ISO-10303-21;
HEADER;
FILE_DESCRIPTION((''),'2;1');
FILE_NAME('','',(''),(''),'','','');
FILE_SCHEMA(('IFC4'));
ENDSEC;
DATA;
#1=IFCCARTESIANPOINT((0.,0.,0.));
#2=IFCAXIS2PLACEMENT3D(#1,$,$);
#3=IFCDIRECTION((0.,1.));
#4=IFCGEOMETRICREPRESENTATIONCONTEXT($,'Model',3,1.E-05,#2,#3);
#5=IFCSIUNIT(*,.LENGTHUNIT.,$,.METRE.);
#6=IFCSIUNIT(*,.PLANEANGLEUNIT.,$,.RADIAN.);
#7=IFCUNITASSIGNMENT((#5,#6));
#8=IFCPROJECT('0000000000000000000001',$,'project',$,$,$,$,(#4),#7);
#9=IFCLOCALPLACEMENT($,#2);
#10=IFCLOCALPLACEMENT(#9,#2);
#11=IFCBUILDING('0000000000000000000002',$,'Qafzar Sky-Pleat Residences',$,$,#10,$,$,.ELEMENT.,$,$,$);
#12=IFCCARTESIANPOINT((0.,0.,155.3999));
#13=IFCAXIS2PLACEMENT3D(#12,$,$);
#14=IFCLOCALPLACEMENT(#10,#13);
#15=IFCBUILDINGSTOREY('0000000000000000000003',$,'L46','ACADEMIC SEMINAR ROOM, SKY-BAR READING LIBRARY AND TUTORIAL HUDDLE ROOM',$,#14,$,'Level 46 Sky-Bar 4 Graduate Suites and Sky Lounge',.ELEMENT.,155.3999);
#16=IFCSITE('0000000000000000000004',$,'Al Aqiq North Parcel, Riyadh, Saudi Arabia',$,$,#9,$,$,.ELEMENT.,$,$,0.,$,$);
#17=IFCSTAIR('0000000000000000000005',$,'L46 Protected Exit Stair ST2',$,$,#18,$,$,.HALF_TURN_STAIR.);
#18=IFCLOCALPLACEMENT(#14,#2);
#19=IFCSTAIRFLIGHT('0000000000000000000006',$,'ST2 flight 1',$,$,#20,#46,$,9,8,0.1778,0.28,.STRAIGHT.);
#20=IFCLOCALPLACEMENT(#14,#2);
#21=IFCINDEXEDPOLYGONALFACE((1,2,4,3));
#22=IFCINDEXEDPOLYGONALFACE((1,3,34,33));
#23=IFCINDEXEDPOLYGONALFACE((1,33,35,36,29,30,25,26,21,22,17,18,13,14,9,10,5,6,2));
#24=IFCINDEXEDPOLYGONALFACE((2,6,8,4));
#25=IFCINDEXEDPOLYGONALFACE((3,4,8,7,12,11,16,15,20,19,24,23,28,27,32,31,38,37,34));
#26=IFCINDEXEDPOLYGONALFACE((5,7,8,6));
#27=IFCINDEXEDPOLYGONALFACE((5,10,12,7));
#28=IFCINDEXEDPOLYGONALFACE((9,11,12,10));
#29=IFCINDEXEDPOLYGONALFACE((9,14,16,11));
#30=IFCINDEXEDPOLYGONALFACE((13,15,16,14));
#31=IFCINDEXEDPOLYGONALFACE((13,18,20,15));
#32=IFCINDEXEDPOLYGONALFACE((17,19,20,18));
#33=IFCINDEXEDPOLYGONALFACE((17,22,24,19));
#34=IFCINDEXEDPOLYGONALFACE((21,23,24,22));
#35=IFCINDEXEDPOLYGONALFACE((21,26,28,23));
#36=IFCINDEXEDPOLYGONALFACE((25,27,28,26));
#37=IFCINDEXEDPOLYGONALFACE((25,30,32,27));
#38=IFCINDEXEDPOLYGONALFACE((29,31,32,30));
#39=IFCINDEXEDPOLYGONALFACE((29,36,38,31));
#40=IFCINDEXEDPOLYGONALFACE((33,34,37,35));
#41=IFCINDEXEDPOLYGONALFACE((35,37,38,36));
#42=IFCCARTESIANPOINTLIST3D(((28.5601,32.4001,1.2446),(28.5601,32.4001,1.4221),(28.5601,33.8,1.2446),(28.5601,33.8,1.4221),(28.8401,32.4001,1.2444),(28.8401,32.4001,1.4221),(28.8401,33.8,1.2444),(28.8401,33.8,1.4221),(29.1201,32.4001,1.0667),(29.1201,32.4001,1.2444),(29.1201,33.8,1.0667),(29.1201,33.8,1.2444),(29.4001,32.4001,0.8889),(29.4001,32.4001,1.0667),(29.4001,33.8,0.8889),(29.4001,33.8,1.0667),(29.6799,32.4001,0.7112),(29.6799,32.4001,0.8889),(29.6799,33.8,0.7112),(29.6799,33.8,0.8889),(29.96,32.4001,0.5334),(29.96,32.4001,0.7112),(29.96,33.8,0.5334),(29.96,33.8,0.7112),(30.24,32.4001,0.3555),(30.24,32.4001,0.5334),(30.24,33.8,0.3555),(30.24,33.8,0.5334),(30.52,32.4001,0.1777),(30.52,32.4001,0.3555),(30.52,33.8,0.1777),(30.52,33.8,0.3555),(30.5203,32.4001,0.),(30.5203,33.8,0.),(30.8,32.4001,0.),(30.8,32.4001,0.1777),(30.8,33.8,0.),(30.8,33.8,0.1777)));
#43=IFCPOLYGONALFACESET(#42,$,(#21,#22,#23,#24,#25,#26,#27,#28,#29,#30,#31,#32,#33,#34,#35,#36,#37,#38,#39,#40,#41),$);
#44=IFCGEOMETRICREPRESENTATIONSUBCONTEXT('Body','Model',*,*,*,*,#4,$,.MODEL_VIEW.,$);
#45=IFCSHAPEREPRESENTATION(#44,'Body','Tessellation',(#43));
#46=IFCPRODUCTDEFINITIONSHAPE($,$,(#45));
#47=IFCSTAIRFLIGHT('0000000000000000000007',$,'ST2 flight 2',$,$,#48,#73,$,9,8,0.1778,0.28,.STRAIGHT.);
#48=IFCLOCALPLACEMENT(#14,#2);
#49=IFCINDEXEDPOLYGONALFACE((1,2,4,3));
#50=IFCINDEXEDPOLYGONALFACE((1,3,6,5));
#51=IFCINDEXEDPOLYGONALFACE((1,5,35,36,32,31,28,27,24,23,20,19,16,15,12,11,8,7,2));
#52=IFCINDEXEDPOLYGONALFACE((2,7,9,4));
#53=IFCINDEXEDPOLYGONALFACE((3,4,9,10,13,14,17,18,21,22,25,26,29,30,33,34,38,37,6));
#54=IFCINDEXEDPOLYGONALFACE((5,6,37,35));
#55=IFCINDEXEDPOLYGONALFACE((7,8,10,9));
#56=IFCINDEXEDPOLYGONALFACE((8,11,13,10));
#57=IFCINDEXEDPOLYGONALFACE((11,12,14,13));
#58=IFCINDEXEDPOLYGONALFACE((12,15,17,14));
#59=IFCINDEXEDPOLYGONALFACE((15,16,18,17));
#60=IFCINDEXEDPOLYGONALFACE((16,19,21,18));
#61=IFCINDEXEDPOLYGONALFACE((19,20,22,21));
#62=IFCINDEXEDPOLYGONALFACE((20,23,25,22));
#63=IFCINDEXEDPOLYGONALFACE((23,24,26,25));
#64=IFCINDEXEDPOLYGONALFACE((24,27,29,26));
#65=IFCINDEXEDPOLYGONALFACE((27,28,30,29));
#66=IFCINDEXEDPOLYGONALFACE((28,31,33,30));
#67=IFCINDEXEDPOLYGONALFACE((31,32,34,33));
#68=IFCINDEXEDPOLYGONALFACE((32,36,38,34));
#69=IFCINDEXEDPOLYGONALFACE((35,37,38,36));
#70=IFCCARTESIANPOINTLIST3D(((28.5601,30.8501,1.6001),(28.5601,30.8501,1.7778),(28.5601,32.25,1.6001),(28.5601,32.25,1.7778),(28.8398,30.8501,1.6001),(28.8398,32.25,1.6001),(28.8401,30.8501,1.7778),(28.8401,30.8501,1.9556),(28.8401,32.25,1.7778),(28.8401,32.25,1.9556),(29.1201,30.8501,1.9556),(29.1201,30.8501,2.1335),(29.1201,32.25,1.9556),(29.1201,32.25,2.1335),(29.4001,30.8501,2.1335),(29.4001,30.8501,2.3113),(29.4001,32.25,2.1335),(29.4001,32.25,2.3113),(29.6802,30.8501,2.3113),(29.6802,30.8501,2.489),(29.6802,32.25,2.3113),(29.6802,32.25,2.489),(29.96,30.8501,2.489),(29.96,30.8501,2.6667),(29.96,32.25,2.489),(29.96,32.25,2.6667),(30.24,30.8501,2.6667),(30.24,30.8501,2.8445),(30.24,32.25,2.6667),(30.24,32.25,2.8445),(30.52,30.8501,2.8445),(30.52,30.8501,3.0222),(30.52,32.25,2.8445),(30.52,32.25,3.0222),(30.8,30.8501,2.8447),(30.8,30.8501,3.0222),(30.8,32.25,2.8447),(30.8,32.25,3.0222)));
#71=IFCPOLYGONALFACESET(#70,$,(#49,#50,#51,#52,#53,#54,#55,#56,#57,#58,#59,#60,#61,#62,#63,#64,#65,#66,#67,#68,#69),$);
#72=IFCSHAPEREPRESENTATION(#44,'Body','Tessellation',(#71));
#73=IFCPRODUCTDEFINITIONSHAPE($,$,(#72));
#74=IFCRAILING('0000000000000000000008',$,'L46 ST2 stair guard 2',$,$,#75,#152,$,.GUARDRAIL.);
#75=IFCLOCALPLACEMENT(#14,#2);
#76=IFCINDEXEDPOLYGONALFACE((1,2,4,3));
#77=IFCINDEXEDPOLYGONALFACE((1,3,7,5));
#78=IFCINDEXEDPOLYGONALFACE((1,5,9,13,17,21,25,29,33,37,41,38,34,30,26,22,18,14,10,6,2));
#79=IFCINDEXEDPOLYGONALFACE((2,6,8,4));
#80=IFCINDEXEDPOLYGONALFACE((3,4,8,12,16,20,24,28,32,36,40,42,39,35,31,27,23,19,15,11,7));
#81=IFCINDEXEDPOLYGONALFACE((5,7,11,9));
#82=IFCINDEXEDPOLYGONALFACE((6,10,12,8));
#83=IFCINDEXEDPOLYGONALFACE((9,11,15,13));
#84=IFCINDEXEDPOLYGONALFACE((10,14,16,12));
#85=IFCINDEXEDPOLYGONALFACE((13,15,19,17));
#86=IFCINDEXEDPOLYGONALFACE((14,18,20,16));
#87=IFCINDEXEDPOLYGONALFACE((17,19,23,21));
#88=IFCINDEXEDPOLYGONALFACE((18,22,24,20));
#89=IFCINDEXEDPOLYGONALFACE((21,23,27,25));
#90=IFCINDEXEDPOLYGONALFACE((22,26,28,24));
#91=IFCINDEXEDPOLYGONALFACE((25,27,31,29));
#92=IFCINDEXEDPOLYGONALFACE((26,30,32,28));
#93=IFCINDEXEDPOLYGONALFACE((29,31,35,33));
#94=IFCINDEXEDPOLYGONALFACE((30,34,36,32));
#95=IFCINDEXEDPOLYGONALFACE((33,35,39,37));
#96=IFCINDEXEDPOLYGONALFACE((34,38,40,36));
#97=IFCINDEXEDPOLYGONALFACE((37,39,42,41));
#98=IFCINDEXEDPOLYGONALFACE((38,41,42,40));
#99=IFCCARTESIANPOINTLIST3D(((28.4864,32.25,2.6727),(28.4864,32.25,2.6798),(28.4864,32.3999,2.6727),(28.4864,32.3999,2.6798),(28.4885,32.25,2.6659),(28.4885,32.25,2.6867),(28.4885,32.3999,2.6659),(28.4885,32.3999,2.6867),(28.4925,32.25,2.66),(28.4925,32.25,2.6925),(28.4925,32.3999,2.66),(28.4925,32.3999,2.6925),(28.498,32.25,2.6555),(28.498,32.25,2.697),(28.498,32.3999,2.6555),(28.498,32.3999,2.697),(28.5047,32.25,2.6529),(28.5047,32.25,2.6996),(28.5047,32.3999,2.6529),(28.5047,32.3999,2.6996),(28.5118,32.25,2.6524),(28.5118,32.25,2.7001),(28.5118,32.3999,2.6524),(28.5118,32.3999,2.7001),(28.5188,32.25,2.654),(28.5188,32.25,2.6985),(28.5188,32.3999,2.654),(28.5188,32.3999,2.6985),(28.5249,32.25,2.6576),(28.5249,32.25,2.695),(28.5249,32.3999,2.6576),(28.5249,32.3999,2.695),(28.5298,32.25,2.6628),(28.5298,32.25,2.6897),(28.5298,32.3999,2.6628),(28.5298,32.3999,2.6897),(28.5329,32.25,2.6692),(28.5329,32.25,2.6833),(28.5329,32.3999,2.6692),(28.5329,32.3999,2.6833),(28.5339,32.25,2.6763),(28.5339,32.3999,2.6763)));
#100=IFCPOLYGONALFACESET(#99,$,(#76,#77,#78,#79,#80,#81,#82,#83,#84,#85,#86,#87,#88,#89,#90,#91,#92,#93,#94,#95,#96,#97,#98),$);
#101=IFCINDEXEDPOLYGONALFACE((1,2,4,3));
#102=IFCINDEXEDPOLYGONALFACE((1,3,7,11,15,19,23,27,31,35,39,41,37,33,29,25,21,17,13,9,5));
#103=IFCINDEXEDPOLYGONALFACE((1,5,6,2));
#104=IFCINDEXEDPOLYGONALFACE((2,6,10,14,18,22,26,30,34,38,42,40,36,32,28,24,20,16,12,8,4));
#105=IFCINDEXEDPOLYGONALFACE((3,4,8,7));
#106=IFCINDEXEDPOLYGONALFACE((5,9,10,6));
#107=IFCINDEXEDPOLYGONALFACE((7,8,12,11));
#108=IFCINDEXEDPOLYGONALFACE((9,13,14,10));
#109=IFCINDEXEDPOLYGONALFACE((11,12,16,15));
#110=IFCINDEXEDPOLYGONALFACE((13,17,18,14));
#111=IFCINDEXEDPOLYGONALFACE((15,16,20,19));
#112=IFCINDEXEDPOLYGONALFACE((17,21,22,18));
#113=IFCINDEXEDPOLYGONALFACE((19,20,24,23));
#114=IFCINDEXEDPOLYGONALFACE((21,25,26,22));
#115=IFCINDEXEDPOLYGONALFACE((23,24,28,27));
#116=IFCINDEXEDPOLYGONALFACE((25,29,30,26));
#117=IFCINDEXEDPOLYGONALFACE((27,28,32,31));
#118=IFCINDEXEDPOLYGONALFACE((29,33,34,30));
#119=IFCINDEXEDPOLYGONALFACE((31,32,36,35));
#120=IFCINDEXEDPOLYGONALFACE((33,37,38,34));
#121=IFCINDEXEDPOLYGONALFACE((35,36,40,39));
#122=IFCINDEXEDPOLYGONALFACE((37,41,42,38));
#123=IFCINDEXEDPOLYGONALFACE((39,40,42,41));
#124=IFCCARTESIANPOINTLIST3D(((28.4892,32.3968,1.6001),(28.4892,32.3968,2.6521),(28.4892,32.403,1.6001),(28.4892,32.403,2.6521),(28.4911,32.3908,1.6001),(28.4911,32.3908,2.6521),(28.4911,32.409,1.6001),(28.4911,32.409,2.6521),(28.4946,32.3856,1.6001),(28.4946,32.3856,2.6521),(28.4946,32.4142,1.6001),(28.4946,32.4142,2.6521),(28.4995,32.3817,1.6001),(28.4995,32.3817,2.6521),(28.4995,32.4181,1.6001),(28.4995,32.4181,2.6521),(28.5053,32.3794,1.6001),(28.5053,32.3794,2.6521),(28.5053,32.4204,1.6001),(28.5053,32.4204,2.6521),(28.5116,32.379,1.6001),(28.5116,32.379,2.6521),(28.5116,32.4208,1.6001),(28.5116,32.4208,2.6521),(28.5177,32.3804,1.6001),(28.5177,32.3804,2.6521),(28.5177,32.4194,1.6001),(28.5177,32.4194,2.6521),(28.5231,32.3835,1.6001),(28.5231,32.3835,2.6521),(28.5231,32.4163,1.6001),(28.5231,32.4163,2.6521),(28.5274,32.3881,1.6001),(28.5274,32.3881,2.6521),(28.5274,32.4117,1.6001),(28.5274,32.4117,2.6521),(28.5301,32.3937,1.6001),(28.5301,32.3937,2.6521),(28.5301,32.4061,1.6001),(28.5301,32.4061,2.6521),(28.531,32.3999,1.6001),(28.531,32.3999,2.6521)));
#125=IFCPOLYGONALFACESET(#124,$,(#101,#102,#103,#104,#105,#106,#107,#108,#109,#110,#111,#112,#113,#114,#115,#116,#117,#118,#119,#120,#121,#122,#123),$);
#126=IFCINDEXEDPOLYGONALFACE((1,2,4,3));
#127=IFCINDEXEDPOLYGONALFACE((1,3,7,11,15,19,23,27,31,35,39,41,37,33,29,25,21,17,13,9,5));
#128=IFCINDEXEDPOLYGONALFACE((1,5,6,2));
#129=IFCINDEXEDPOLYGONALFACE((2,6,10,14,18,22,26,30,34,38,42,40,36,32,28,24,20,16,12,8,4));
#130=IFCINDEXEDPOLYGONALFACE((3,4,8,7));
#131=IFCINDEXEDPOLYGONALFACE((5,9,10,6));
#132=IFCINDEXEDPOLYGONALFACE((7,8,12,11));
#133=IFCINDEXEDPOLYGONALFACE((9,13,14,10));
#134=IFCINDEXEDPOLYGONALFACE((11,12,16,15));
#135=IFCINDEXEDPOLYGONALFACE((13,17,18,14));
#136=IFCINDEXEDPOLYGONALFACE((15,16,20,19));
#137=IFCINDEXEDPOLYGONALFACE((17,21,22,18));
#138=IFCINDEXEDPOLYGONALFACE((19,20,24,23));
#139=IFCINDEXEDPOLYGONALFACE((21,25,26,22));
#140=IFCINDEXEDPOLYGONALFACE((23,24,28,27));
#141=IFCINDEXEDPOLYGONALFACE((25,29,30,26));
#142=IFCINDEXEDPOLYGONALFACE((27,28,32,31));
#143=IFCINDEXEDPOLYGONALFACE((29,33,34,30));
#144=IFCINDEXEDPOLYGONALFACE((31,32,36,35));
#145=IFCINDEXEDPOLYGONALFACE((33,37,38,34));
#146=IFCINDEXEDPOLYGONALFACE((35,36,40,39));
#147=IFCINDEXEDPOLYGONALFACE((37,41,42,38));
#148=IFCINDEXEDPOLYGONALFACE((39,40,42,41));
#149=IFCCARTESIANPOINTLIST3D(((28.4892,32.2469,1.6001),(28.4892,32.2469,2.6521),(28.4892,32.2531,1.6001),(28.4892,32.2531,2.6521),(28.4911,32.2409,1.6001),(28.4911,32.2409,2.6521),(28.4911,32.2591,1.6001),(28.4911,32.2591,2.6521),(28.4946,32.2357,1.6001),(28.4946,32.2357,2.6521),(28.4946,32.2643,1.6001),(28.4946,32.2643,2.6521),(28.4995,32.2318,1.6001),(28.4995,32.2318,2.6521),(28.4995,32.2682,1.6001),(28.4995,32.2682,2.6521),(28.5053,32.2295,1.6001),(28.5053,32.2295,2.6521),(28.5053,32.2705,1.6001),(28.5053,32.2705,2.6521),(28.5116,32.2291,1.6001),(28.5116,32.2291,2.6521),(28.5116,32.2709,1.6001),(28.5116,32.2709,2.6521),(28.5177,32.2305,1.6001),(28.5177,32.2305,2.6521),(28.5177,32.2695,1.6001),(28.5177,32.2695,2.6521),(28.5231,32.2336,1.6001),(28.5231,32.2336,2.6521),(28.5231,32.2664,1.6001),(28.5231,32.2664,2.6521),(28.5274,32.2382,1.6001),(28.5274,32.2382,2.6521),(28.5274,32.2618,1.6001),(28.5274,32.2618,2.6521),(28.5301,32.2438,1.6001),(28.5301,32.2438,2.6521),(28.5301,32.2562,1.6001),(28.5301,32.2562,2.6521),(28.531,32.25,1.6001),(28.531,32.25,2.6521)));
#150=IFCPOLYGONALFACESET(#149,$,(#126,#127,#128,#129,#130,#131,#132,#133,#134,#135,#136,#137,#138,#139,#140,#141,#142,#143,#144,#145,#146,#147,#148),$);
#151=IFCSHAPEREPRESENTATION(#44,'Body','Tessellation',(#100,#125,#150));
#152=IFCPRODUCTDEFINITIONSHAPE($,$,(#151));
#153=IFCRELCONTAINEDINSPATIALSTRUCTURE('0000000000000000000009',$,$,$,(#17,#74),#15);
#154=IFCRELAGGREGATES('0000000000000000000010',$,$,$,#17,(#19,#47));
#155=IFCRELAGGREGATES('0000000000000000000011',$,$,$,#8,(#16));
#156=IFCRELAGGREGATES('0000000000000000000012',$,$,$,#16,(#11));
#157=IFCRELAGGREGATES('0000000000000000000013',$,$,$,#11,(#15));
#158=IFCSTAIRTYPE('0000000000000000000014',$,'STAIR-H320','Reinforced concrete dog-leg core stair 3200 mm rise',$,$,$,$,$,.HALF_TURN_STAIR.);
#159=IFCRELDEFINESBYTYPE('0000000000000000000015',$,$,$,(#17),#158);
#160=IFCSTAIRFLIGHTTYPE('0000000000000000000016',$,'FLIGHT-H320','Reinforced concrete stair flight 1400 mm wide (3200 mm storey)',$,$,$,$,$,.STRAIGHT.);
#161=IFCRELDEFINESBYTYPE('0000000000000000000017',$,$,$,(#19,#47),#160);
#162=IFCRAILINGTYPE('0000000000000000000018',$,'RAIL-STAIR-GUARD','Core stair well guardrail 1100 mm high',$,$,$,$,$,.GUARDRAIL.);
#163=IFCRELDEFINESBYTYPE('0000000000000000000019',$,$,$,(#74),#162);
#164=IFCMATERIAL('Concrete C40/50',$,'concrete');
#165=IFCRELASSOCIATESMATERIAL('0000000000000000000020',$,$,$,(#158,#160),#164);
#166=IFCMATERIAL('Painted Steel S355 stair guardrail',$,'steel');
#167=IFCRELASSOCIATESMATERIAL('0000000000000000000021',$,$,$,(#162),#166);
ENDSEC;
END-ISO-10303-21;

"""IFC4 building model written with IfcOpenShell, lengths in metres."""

from ifc_helpers import new_model, si_unit, direction, frame, origin, origin_2d, place, context, subcontext, project, spatial, polyline, circle, outline, extrude, source, transform, mapped, material, type_object, element, aggregate, save


model = new_model("IFC4")

# Units and contexts
model_context = context("Model", 3, precision=1e-05, world=origin(), true_north=direction((0.0, 1.0)))
body_context = subcontext(model_context, "Body", "Model", "MODEL_VIEW")
ifc_project = project(units=[si_unit("LENGTHUNIT", "METRE"), si_unit("PLANEANGLEUNIT", "RADIAN")], contexts=[model_context])

# Site, building, storey
site_placement = place(None, origin())
site = spatial("IfcSite", under=ifc_project, at=site_placement, Name="Al Aqiq North Parcel, Riyadh, Saudi Arabia", CompositionType="ELEMENT", RefElevation=0.0)
building_placement = place(site_placement, origin())
building = spatial("IfcBuilding", under=site, at=building_placement, Name="Qafzar Sky-Pleat Residences", CompositionType="ELEMENT")
storey_placement = place(building_placement, frame((0.0, 0.0, 155.3999)))
storey = spatial("IfcBuildingStorey", under=building, at=storey_placement, Name="L46", Description="ACADEMIC SEMINAR ROOM, SKY-BAR READING LIBRARY AND TUTORIAL HUDDLE ROOM", LongName="Level 46 Sky-Bar 4 Graduate Suites and Sky Lounge", CompositionType="ELEMENT", Elevation=155.3999)

# Stair, stair flights
ifc_material_1 = material(Name="Concrete C40/50", Category="concrete")
stair_type = type_object("IfcStairType", Name="STAIR-H320", Description="Reinforced concrete dog-leg core stair 3200 mm rise", PredefinedType="HALF_TURN_STAIR", material=ifc_material_1)
stair_placement = place(storey_placement, origin())
stair = element("IfcStair", 1, at=stair_placement, inside=storey, type_object=stair_type, Name="L46 Protected Exit Stair ST2", PredefinedType="HALF_TURN_STAIR")
stair_flight_type = type_object("IfcStairFlightType", Name="FLIGHT-H320", Description="Reinforced concrete stair flight 1400 mm wide (3200 mm storey)", PredefinedType="STRAIGHT", material=ifc_material_1)
shared_shape_1 = source(origin(), body_context, "Body", "SweptSolid", [
    extrude(outline(polyline([(0.0, 0.0), (0.0, 0.1777), (0.28, 0.1777), (0.28, 0.3555), (0.5601, 0.3555), (0.5601, 0.5334), (0.8401, 0.5334), (0.8401, 0.7112), (1.1201, 0.7112), (1.1201, 0.8889), (1.3999, 0.8889), (1.3999, 1.0667), (1.6799, 1.0667), (1.6799, 1.2444), (1.96, 1.2444), (1.96, 1.4221), (2.24, 1.4221), (2.24, 1.6001), (2.24, 1.2446), (0.2798, 0.0), (0.0, 0.0)])), frame((0.0, 0.7, 0.0), z_axis=(0.0, -1.0, 0.0), x_axis=(1.0, 0.0, 0.0)), (0.0, 0.0, 1.0), 1.3999),
])
stair_flight_1_placement = place(storey_placement, frame((30.8, 33.1001, 0.0), z_axis=(0.0, 0.0, 1.0), x_axis=(-1.0, 0.0, 0.0)))
stair_flight_1 = element("IfcStairFlight", 2, at=stair_flight_1_placement, type_object=stair_flight_type, Name="ST2 flight 1", NumberOfRisers=9, NumberOfTreads=8, PredefinedType="STRAIGHT", RiserHeight=0.1778, TreadLength=0.28, context=body_context, shape_type="MappedRepresentation", body=[
    mapped(shared_shape_1, transform((0.0, 0.0, 0.0), x_axis=(1.0, 0.0, 0.0), y_axis=(0.0, 1.0, 0.0), z_axis=(0.0, 0.0, 1.0), scale=1.0)),
])
stair_flight_2_placement = place(storey_placement, frame((28.5601, 31.55, 1.6001), z_axis=(0.0, 0.0, 1.0), x_axis=(1.0, 0.0, 0.0)))
stair_flight_2 = element("IfcStairFlight", 3, at=stair_flight_2_placement, type_object=stair_flight_type, Name="ST2 flight 2", NumberOfRisers=9, NumberOfTreads=8, PredefinedType="STRAIGHT", RiserHeight=0.1778, TreadLength=0.28, context=body_context, shape_type="MappedRepresentation", body=[
    mapped(shared_shape_1, transform((0.0, 0.0, 0.0), x_axis=(1.0, 0.0, 0.0), y_axis=(0.0, 1.0, 0.0), z_axis=(0.0, 0.0, 1.0), scale=1.0)),
])
aggregate(stair, [stair_flight_1, stair_flight_2])

# Railing
ifc_material_2 = material(Name="Painted Steel S355 stair guardrail", Category="steel")
railing_type_1 = type_object("IfcRailingType", Name="RAIL-STAIR-GUARD", Description="Core stair well guardrail 1100 mm high", PredefinedType="GUARDRAIL", material=ifc_material_2)
shared_shape_2 = source(origin(), body_context, "Body", "SweptSolid", [
    extrude(circle(Radius=0.0239, at=origin_2d()), frame((0.0, 0.0, 1.0762), z_axis=(0.0, -1.0, 0.0), x_axis=(1.0, 0.0, 0.0)), (0.0, 0.0, 1.0), 0.1499),
    extrude(circle(Radius=0.021, at=origin_2d()), origin(), (0.0, 0.0, 1.0), 1.052),
    extrude(circle(Radius=0.021, at=origin_2d()), frame((0.0, -0.1499, 0.0)), (0.0, 0.0, 1.0), 1.052),
])
railing_1_placement = place(storey_placement, frame((28.51, 32.3999, 1.6001)))
element("IfcRailing", 4, at=railing_1_placement, inside=storey, type_object=railing_type_1, Name="L46 ST2 stair guard 2", PredefinedType="GUARDRAIL", context=body_context, shape_type="MappedRepresentation", body=[
    mapped(shared_shape_2, transform((0.0, 0.0, 0.0), x_axis=(1.0, 0.0, 0.0), y_axis=(0.0, 1.0, 0.0), z_axis=(0.0, 0.0, 1.0), scale=1.0)),
])

save(model, "model.ifc")
